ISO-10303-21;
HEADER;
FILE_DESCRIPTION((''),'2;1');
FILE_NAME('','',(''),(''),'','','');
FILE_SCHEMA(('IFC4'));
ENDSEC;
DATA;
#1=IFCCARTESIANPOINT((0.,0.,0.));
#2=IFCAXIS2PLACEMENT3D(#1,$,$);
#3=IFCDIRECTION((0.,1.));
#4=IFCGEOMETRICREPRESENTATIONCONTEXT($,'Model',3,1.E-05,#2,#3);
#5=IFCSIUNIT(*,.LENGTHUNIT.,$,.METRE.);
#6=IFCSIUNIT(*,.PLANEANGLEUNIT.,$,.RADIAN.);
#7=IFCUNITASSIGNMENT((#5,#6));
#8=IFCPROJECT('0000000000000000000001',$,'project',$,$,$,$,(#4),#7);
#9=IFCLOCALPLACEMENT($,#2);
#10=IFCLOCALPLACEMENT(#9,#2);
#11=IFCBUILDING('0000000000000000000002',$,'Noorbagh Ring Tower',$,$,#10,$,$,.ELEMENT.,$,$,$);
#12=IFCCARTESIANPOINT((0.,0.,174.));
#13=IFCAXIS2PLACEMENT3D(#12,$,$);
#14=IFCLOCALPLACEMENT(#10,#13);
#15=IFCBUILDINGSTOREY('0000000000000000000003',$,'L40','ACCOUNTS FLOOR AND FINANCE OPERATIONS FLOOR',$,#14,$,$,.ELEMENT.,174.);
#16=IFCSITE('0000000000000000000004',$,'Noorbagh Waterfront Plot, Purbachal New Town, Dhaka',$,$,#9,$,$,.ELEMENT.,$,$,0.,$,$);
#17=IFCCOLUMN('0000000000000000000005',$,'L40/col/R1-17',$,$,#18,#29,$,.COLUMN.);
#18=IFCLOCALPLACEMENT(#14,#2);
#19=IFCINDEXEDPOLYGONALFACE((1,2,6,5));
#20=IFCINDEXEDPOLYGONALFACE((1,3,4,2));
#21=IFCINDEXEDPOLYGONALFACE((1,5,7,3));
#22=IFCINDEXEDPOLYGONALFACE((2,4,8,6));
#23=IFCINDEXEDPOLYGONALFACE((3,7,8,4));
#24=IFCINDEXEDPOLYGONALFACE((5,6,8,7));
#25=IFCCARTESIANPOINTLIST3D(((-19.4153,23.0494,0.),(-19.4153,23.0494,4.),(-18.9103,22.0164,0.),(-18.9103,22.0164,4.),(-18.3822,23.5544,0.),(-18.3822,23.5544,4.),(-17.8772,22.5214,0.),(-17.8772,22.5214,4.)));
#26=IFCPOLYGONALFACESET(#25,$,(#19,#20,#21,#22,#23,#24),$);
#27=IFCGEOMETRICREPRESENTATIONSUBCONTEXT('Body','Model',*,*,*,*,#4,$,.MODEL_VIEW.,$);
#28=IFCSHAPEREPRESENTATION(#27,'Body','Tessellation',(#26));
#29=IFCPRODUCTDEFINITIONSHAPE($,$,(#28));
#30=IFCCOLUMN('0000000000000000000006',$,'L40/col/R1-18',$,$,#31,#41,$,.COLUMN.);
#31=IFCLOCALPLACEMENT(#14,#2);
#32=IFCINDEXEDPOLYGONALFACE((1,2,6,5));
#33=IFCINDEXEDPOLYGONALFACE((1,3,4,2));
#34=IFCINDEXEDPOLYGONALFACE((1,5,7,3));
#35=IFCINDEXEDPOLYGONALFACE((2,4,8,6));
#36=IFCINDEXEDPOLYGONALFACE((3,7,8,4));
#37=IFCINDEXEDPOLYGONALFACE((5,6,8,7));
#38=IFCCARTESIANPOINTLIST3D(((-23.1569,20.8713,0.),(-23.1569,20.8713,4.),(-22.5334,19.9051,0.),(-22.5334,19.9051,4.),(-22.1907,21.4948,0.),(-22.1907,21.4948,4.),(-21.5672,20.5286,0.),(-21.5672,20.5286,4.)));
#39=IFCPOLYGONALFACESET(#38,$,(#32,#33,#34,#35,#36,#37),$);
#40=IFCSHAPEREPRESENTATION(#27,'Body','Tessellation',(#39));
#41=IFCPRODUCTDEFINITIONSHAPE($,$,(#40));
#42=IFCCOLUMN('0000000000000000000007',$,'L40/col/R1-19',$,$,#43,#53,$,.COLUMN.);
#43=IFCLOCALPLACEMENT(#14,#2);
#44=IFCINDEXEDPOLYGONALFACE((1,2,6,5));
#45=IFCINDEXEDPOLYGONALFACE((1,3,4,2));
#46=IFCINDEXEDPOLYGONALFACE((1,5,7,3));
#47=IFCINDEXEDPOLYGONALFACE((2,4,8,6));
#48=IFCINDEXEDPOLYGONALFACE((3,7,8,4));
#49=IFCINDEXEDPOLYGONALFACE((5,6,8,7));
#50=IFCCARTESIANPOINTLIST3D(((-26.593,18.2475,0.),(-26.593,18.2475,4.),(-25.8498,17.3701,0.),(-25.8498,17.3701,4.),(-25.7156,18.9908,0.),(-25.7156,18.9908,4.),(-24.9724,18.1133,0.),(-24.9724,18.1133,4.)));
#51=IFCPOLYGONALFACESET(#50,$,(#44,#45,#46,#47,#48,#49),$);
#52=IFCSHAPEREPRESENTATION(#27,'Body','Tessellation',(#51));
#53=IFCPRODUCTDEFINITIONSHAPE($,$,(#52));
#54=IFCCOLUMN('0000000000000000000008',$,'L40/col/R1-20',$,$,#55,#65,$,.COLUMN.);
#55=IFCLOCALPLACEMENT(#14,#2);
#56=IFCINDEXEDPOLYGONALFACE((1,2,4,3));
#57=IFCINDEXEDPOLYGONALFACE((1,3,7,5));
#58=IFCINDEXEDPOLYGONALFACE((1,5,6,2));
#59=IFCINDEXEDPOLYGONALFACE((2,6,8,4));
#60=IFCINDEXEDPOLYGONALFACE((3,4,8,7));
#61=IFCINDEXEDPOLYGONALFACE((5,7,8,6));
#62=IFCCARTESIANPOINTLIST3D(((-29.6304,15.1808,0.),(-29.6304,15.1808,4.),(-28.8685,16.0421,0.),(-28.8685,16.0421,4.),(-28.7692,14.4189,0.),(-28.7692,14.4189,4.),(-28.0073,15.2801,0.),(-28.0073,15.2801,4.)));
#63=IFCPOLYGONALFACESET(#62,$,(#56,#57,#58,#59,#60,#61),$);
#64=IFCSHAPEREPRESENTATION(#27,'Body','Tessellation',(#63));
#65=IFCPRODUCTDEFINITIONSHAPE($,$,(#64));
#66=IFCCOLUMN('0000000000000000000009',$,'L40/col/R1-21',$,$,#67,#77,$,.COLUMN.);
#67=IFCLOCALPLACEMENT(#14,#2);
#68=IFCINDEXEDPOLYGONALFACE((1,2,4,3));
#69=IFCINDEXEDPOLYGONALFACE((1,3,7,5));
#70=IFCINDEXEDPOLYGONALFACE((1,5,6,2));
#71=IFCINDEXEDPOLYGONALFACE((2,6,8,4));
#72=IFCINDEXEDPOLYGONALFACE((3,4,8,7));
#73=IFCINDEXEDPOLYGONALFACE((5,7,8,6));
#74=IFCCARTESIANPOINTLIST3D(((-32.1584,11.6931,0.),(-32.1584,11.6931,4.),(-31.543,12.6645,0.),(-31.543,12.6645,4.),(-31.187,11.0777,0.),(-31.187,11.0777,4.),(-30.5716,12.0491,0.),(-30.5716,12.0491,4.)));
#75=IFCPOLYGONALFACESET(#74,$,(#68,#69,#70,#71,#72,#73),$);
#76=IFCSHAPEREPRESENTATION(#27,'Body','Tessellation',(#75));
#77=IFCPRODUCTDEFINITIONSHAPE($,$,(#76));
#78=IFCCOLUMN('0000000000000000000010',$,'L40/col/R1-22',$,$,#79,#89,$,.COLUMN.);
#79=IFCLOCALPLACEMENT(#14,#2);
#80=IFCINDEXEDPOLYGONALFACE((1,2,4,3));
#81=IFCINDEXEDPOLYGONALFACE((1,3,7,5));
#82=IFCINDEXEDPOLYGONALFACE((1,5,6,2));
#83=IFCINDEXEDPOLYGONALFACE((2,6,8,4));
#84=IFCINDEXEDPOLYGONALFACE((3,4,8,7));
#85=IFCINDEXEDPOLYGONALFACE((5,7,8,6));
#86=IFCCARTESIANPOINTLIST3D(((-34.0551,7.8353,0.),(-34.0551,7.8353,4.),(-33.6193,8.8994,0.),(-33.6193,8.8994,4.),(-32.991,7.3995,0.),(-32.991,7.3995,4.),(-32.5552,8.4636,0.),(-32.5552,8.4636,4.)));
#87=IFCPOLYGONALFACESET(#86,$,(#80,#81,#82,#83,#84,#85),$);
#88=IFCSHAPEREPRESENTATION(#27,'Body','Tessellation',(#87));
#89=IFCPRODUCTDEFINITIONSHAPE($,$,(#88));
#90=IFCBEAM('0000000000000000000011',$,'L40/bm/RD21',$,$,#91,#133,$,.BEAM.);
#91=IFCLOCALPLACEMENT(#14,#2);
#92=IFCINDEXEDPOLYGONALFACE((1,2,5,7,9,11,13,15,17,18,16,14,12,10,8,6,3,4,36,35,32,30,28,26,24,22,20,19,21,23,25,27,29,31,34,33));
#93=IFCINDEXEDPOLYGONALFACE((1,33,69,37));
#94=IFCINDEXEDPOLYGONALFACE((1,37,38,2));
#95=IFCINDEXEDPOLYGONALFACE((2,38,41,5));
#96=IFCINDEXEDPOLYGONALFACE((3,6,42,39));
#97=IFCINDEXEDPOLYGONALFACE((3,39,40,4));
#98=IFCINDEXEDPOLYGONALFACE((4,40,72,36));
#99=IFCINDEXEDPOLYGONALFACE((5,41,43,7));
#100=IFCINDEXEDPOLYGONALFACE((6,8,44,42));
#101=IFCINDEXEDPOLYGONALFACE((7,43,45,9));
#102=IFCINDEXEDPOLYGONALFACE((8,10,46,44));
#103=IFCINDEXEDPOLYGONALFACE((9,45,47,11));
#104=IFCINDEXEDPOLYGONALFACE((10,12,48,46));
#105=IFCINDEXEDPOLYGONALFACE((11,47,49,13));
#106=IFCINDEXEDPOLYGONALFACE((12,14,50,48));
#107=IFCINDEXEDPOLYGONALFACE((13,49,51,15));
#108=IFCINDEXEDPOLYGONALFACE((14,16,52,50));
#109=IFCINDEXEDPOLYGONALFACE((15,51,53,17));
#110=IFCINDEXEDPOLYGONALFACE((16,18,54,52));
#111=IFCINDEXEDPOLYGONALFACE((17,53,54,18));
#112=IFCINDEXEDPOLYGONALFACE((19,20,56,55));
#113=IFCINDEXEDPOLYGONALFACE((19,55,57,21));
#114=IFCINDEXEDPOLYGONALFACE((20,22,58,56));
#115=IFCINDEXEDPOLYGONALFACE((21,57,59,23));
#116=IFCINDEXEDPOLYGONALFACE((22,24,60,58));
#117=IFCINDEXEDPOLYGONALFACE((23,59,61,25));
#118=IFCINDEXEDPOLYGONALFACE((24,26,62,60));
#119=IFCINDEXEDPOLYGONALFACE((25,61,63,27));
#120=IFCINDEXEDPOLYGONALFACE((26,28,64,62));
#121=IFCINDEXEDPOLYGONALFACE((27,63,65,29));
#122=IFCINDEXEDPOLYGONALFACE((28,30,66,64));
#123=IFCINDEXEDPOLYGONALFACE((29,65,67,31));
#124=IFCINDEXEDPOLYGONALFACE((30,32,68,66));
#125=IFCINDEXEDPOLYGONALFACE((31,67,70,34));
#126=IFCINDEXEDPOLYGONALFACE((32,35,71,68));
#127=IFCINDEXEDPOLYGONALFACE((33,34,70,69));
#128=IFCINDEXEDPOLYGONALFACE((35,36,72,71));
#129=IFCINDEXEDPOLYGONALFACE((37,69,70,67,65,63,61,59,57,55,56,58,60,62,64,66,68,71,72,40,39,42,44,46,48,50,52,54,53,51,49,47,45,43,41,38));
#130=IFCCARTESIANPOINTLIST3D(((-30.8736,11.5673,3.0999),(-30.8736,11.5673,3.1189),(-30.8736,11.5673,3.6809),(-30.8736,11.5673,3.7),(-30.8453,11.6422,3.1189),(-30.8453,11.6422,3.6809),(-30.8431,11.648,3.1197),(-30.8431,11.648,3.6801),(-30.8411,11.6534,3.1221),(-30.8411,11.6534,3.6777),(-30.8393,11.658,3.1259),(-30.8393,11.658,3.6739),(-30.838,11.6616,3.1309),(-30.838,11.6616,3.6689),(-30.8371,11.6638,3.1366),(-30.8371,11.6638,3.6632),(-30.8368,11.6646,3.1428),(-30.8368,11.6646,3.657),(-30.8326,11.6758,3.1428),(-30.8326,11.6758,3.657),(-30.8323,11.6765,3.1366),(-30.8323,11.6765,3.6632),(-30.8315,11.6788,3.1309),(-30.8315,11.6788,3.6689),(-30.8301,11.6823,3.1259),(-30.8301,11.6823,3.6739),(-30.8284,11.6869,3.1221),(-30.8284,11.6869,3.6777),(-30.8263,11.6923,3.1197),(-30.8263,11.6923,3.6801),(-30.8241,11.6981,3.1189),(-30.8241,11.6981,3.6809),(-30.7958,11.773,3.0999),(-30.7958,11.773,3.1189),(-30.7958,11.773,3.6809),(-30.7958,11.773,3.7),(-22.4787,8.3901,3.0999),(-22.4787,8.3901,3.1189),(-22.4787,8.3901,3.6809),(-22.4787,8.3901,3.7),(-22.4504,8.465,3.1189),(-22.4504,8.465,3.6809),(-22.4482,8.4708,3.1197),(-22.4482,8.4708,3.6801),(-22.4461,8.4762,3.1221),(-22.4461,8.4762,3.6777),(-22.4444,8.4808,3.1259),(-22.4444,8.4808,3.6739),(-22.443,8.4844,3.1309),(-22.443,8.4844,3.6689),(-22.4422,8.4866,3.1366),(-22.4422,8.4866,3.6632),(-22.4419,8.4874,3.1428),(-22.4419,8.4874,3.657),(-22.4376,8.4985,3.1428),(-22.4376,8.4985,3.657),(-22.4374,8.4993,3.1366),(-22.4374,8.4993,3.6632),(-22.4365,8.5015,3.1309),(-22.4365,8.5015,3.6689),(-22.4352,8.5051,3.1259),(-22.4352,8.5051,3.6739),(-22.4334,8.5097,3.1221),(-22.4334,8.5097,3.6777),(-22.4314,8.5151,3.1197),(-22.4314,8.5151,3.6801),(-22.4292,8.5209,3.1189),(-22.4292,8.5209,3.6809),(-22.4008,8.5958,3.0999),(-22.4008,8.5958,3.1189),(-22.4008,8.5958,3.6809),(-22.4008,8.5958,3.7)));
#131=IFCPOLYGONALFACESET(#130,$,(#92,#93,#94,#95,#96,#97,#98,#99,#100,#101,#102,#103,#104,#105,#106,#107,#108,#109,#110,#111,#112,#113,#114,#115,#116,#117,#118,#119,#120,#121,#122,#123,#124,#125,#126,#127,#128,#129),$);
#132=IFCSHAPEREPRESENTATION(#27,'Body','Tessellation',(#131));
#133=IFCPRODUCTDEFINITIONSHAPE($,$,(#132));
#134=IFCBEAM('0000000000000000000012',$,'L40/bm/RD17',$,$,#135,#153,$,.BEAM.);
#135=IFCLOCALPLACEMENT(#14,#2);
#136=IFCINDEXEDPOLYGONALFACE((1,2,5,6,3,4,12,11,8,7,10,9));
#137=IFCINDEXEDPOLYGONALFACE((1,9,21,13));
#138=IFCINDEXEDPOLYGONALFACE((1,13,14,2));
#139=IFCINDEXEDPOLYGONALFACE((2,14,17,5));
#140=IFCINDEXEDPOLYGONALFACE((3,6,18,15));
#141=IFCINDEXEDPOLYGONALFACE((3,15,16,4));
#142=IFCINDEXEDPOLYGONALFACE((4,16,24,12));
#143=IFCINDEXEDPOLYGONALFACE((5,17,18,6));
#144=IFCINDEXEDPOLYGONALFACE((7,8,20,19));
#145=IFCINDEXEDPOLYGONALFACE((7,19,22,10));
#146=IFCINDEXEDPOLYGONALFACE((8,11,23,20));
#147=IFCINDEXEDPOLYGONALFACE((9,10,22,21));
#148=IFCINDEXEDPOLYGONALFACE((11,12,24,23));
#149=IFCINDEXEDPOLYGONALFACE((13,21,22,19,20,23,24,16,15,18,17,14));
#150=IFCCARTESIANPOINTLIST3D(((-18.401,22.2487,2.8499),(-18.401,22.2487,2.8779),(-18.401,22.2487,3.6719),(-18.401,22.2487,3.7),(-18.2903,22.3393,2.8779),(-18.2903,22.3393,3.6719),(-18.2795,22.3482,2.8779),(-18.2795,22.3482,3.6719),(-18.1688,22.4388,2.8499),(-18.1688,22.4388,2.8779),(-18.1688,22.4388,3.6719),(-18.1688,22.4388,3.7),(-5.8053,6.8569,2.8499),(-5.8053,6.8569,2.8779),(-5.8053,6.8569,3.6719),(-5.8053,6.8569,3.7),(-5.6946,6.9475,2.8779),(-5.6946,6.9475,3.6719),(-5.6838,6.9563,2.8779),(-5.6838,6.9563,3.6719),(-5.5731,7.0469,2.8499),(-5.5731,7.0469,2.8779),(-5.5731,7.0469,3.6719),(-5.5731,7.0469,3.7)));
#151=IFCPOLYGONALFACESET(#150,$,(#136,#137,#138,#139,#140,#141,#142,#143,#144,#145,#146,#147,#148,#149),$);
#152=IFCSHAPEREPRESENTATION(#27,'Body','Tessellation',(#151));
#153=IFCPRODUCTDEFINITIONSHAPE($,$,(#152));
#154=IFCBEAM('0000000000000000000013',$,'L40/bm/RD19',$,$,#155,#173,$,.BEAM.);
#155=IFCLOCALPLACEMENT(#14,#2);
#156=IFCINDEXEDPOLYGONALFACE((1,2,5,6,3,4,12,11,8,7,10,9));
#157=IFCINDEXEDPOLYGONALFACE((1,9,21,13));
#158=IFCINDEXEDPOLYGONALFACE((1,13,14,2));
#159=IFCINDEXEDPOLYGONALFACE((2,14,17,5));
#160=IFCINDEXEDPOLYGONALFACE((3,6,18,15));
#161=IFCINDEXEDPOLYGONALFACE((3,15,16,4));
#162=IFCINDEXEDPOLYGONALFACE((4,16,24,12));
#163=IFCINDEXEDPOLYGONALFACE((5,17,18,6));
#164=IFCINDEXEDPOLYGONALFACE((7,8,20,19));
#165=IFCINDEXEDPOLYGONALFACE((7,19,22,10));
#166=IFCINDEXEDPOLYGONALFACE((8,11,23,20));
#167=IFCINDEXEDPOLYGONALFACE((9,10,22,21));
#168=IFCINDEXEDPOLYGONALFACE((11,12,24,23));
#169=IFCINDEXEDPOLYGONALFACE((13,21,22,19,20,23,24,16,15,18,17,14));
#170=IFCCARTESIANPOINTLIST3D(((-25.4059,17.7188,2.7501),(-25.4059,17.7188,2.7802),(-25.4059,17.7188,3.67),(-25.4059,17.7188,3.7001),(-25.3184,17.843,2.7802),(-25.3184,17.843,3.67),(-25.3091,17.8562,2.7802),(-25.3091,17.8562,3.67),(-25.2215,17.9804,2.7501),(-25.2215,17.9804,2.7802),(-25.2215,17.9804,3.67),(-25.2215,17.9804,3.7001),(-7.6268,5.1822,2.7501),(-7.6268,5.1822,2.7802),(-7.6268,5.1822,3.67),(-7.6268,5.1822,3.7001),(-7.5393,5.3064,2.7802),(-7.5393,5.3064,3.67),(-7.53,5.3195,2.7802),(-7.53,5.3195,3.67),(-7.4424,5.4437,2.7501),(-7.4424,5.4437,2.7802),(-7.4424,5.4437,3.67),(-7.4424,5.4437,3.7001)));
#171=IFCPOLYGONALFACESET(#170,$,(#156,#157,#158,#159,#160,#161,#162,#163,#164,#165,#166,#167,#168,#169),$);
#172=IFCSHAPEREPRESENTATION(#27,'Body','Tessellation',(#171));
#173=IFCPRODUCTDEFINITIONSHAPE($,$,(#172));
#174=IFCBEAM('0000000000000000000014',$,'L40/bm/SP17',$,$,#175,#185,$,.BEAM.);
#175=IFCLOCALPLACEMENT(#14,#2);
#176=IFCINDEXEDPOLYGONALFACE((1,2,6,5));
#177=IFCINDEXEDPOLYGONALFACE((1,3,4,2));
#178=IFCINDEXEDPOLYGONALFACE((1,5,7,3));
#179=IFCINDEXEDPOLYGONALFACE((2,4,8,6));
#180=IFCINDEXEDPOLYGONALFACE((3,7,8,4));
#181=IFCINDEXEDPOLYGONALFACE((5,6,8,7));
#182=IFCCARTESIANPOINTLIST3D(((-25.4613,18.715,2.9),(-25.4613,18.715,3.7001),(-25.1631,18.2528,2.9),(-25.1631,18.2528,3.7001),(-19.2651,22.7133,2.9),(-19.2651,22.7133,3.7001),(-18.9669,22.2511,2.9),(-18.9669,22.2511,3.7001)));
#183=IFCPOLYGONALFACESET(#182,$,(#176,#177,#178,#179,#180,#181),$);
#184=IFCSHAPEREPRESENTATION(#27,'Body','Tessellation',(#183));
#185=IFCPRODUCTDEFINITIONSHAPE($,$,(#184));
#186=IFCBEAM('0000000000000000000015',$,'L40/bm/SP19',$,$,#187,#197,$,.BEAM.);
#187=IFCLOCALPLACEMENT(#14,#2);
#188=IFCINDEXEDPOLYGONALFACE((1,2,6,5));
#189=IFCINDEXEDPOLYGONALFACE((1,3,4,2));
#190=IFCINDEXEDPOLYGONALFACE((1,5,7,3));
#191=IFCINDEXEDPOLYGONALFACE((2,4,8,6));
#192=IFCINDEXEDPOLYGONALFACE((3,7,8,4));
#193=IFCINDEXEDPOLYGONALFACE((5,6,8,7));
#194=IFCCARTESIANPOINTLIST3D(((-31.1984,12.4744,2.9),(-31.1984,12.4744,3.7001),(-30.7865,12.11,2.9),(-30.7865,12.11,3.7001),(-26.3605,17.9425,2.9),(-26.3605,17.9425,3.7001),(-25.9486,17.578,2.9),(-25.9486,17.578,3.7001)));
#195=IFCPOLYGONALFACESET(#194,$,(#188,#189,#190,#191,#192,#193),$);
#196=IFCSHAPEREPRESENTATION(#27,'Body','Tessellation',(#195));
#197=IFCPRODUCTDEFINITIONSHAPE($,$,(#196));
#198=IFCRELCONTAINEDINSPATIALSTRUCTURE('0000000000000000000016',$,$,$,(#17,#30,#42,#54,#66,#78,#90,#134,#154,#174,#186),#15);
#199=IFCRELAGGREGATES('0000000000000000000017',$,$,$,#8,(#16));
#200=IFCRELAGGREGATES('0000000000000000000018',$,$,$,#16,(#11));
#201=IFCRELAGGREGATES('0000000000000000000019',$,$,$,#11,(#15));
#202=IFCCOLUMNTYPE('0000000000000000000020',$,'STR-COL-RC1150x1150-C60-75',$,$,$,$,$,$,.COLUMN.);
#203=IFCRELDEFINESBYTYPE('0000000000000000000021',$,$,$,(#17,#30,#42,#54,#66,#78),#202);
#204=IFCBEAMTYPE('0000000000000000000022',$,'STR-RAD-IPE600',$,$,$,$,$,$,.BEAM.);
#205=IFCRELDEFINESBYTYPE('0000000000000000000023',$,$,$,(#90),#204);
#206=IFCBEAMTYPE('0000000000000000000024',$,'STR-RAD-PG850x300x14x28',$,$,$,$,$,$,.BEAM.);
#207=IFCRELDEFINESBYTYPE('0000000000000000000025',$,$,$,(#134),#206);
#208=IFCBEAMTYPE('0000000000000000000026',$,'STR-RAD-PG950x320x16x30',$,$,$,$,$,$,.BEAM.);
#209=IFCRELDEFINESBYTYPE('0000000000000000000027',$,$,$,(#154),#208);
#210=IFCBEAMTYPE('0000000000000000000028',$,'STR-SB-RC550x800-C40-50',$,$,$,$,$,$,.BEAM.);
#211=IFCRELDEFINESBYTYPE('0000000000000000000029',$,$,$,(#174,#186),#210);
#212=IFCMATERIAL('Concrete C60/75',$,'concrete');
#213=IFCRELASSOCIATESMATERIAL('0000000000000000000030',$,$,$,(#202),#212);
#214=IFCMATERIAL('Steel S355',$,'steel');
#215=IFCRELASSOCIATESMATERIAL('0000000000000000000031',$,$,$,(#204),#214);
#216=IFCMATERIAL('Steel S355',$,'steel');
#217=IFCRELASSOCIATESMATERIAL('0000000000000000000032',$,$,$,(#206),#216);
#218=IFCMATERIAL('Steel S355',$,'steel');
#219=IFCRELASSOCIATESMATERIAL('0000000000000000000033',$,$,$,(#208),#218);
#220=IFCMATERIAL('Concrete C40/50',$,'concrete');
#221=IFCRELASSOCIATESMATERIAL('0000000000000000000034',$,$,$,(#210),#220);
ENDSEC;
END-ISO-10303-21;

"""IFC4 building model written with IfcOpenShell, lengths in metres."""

from ifc_helpers import new_model, si_unit, direction, frame, origin, origin_2d, place, context, subcontext, project, spatial, rectangle, i_section, extrude, material, material_profile, profile_set, type_object, element, save


model = new_model("IFC4")

# Units and contexts
model_context = context("Model", 3, precision=1e-05, world=origin(), true_north=direction((0.0, 1.0)))
body_context = subcontext(model_context, "Body", "Model", "MODEL_VIEW")
ifc_project = project(units=[si_unit("LENGTHUNIT", "METRE"), si_unit("PLANEANGLEUNIT", "RADIAN")], contexts=[model_context])

# Site, building, storey
site_placement = place(None, origin())
site = spatial("IfcSite", under=ifc_project, at=site_placement, Name="Noorbagh Waterfront Plot, Purbachal New Town, Dhaka", CompositionType="ELEMENT", RefElevation=0.0)
building_placement = place(site_placement, origin())
building = spatial("IfcBuilding", under=site, at=building_placement, Name="Noorbagh Ring Tower", CompositionType="ELEMENT")
storey_placement = place(building_placement, frame((0.0, 0.0, 174.0)))
storey = spatial("IfcBuildingStorey", under=building, at=storey_placement, Name="L40", Description="ACCOUNTS FLOOR AND FINANCE OPERATIONS FLOOR", CompositionType="ELEMENT", Elevation=174.0)

# Columns
ifc_material_1 = material(Name="Concrete C60/75", Category="concrete")
ifc_material_profile_1 = material_profile(ifc_material_1, rectangle(XDim=1.1499, YDim=1.1499, at=origin_2d()), Name="RC1150x1150")
ifc_profile_set_1 = profile_set([ifc_material_profile_1], Name="Concrete C60/75")
column_type = type_object("IfcColumnType", Name="STR-COL-RC1150x1150-C60-75", PredefinedType="COLUMN", material=ifc_profile_set_1)
for number, where, z_axis, x_axis, name in (
    (1, (-18.6462, 22.7854, 0.0), (0.0, 0.0, 1.0), (-0.898399, -0.43918, 0.0), "L40/col/R1-17"),
    (2, (-22.3621, 20.7, 0.0), (0.0, 0.0, 1.0), (-0.840248, -0.542203, 0.0), "L40/col/R1-18"),
    (3, (-25.7827, 18.1804, 0.0), (0.0, 0.0, 1.0), (-0.763035, -0.646357, 0.0), "L40/col/R1-19"),
    (4, (-28.8188, 15.2305, 0.0), (0.0, 0.0, 1.0), (-0.662636, -0.748942, 0.0), "L40/col/R1-20"),
    (5, (-31.365, 11.8711, 0.0), (0.0, 0.0, 1.0), (-0.53519, -0.844731, 0.0), "L40/col/R1-21"),
    (6, (-33.3052, 8.1494, 0.0), (0.0, 0.0, 1.0), (-0.378989, -0.925401, 0.0), "L40/col/R1-22"),
):
    element("IfcColumn", number, at=place(storey_placement, frame(where, z_axis=z_axis, x_axis=x_axis)), inside=storey, type_object=column_type, Name=name, PredefinedType="COLUMN", context=body_context, shape_type="SweptSolid", body=[
        extrude(rectangle(XDim=1.1499, YDim=1.1499, at=origin_2d()), origin(), (0.0, 0.0, 1.0), 4.0),
    ])

# Beams
ifc_material_2 = material(Name="Steel S355", Category="steel")
ifc_material_profile_2 = material_profile(ifc_material_2, i_section(OverallWidth=0.22, OverallDepth=0.6001, WebThickness=0.012, FlangeThickness=0.019, FilletRadius=0.0239, at=origin_2d()), Name="IPE600")
ifc_profile_set_2 = profile_set([ifc_material_profile_2], Name="Steel S355")
beam_type_1 = type_object("IfcBeamType", Name="STR-RAD-IPE600", PredefinedType="BEAM", material=ifc_profile_set_2)
beam_1_placement = place(storey_placement, frame((-30.8347, 11.6702, 3.3999), z_axis=(0.935259, -0.353965, 0.0), x_axis=(0.353965, 0.935259, 0.0)))
element("IfcBeam", 7, at=beam_1_placement, inside=storey, type_object=beam_type_1, Name="L40/bm/RD21", PredefinedType="BEAM", context=body_context, shape_type="SweptSolid", body=[
    extrude(i_section(OverallWidth=0.22, OverallDepth=0.6001, WebThickness=0.012, FlangeThickness=0.019, FilletRadius=0.0239, at=origin_2d()), origin(), (0.0, 0.0, 1.0), 8.9761),
])
ifc_material_3 = material(Name="Steel S355", Category="steel")
ifc_material_profile_3 = material_profile(ifc_material_3, i_section(OverallWidth=0.3, OverallDepth=0.8501, WebThickness=0.0139, FlangeThickness=0.0281, at=origin_2d()), Name="PG850x300x14x28")
ifc_profile_set_3 = profile_set([ifc_material_profile_3], Name="Steel S355")
beam_type_2 = type_object("IfcBeamType", Name="STR-RAD-PG850x300x14x28", PredefinedType="BEAM", material=ifc_profile_set_3)
beam_2_placement = place(storey_placement, frame((-18.2849, 22.3438, 3.2749), z_axis=(0.633309, -0.773899, 0.0), x_axis=(0.773899, 0.633309, 0.0)))
element("IfcBeam", 8, at=beam_2_placement, inside=storey, type_object=beam_type_2, Name="L40/bm/RD17", PredefinedType="BEAM", context=body_context, shape_type="SweptSolid", body=[
    extrude(i_section(OverallWidth=0.3, OverallDepth=0.8501, WebThickness=0.0139, FlangeThickness=0.0281, at=origin_2d()), origin(), (0.0, 0.0, 1.0), 19.8887),
])
ifc_material_4 = material(Name="Steel S355", Category="steel")
ifc_material_profile_4 = material_profile(ifc_material_4, i_section(OverallWidth=0.3201, OverallDepth=0.95, WebThickness=0.0161, FlangeThickness=0.03, at=origin_2d()), Name="PG950x320x16x30")
ifc_profile_set_4 = profile_set([ifc_material_profile_4], Name="Steel S355")
beam_type_3 = type_object("IfcBeamType", Name="STR-RAD-PG950x320x16x30", PredefinedType="BEAM", material=ifc_profile_set_4)
beam_3_placement = place(storey_placement, frame((-25.3137, 17.8496, 3.2251), z_axis=(0.817256, -0.576275, 0.0), x_axis=(0.576275, 0.817256, 0.0)))
element("IfcBeam", 9, at=beam_3_placement, inside=storey, type_object=beam_type_3, Name="L40/bm/RD19", PredefinedType="BEAM", context=body_context, shape_type="SweptSolid", body=[
    extrude(i_section(OverallWidth=0.3201, OverallDepth=0.95, WebThickness=0.0161, FlangeThickness=0.03, at=origin_2d()), origin(), (0.0, 0.0, 1.0), 21.7546),
])
ifc_material_5 = material(Name="Concrete C40/50", Category="concrete")
ifc_material_profile_5 = material_profile(ifc_material_5, rectangle(XDim=0.55, YDim=0.8, at=origin_2d()), Name="RC550x800")
ifc_profile_set_5 = profile_set([ifc_material_profile_5], Name="Concrete C40/50")
beam_type_4 = type_object("IfcBeamType", Name="STR-SB-RC550x800-C40-50", PredefinedType="BEAM", material=ifc_profile_set_5)
beam_4_placement = place(storey_placement, frame((-19.116, 22.4822, 3.3), z_axis=(-0.840254, -0.542192, 0.0), x_axis=(0.542192, -0.840254, 0.0)))
element("IfcBeam", 10, at=beam_4_placement, inside=storey, type_object=beam_type_4, Name="L40/bm/SP17", PredefinedType="BEAM", context=body_context, shape_type="SweptSolid", body=[
    extrude(rectangle(XDim=0.55, YDim=0.8, at=origin_2d()), origin(), (0.0, 0.0, 1.0), 7.3743),
])
beam_5_placement = place(storey_placement, frame((-26.1545, 17.7603, 3.3), z_axis=(-0.662635, -0.748942, 0.0), x_axis=(0.748942, -0.662635, 0.0)))
element("IfcBeam", 11, at=beam_5_placement, inside=storey, type_object=beam_type_4, Name="L40/bm/SP19", PredefinedType="BEAM", context=body_context, shape_type="SweptSolid", body=[
    extrude(rectangle(XDim=0.55, YDim=0.8, at=origin_2d()), origin(), (0.0, 0.0, 1.0), 7.301),
])

save(model, "model.ifc")
